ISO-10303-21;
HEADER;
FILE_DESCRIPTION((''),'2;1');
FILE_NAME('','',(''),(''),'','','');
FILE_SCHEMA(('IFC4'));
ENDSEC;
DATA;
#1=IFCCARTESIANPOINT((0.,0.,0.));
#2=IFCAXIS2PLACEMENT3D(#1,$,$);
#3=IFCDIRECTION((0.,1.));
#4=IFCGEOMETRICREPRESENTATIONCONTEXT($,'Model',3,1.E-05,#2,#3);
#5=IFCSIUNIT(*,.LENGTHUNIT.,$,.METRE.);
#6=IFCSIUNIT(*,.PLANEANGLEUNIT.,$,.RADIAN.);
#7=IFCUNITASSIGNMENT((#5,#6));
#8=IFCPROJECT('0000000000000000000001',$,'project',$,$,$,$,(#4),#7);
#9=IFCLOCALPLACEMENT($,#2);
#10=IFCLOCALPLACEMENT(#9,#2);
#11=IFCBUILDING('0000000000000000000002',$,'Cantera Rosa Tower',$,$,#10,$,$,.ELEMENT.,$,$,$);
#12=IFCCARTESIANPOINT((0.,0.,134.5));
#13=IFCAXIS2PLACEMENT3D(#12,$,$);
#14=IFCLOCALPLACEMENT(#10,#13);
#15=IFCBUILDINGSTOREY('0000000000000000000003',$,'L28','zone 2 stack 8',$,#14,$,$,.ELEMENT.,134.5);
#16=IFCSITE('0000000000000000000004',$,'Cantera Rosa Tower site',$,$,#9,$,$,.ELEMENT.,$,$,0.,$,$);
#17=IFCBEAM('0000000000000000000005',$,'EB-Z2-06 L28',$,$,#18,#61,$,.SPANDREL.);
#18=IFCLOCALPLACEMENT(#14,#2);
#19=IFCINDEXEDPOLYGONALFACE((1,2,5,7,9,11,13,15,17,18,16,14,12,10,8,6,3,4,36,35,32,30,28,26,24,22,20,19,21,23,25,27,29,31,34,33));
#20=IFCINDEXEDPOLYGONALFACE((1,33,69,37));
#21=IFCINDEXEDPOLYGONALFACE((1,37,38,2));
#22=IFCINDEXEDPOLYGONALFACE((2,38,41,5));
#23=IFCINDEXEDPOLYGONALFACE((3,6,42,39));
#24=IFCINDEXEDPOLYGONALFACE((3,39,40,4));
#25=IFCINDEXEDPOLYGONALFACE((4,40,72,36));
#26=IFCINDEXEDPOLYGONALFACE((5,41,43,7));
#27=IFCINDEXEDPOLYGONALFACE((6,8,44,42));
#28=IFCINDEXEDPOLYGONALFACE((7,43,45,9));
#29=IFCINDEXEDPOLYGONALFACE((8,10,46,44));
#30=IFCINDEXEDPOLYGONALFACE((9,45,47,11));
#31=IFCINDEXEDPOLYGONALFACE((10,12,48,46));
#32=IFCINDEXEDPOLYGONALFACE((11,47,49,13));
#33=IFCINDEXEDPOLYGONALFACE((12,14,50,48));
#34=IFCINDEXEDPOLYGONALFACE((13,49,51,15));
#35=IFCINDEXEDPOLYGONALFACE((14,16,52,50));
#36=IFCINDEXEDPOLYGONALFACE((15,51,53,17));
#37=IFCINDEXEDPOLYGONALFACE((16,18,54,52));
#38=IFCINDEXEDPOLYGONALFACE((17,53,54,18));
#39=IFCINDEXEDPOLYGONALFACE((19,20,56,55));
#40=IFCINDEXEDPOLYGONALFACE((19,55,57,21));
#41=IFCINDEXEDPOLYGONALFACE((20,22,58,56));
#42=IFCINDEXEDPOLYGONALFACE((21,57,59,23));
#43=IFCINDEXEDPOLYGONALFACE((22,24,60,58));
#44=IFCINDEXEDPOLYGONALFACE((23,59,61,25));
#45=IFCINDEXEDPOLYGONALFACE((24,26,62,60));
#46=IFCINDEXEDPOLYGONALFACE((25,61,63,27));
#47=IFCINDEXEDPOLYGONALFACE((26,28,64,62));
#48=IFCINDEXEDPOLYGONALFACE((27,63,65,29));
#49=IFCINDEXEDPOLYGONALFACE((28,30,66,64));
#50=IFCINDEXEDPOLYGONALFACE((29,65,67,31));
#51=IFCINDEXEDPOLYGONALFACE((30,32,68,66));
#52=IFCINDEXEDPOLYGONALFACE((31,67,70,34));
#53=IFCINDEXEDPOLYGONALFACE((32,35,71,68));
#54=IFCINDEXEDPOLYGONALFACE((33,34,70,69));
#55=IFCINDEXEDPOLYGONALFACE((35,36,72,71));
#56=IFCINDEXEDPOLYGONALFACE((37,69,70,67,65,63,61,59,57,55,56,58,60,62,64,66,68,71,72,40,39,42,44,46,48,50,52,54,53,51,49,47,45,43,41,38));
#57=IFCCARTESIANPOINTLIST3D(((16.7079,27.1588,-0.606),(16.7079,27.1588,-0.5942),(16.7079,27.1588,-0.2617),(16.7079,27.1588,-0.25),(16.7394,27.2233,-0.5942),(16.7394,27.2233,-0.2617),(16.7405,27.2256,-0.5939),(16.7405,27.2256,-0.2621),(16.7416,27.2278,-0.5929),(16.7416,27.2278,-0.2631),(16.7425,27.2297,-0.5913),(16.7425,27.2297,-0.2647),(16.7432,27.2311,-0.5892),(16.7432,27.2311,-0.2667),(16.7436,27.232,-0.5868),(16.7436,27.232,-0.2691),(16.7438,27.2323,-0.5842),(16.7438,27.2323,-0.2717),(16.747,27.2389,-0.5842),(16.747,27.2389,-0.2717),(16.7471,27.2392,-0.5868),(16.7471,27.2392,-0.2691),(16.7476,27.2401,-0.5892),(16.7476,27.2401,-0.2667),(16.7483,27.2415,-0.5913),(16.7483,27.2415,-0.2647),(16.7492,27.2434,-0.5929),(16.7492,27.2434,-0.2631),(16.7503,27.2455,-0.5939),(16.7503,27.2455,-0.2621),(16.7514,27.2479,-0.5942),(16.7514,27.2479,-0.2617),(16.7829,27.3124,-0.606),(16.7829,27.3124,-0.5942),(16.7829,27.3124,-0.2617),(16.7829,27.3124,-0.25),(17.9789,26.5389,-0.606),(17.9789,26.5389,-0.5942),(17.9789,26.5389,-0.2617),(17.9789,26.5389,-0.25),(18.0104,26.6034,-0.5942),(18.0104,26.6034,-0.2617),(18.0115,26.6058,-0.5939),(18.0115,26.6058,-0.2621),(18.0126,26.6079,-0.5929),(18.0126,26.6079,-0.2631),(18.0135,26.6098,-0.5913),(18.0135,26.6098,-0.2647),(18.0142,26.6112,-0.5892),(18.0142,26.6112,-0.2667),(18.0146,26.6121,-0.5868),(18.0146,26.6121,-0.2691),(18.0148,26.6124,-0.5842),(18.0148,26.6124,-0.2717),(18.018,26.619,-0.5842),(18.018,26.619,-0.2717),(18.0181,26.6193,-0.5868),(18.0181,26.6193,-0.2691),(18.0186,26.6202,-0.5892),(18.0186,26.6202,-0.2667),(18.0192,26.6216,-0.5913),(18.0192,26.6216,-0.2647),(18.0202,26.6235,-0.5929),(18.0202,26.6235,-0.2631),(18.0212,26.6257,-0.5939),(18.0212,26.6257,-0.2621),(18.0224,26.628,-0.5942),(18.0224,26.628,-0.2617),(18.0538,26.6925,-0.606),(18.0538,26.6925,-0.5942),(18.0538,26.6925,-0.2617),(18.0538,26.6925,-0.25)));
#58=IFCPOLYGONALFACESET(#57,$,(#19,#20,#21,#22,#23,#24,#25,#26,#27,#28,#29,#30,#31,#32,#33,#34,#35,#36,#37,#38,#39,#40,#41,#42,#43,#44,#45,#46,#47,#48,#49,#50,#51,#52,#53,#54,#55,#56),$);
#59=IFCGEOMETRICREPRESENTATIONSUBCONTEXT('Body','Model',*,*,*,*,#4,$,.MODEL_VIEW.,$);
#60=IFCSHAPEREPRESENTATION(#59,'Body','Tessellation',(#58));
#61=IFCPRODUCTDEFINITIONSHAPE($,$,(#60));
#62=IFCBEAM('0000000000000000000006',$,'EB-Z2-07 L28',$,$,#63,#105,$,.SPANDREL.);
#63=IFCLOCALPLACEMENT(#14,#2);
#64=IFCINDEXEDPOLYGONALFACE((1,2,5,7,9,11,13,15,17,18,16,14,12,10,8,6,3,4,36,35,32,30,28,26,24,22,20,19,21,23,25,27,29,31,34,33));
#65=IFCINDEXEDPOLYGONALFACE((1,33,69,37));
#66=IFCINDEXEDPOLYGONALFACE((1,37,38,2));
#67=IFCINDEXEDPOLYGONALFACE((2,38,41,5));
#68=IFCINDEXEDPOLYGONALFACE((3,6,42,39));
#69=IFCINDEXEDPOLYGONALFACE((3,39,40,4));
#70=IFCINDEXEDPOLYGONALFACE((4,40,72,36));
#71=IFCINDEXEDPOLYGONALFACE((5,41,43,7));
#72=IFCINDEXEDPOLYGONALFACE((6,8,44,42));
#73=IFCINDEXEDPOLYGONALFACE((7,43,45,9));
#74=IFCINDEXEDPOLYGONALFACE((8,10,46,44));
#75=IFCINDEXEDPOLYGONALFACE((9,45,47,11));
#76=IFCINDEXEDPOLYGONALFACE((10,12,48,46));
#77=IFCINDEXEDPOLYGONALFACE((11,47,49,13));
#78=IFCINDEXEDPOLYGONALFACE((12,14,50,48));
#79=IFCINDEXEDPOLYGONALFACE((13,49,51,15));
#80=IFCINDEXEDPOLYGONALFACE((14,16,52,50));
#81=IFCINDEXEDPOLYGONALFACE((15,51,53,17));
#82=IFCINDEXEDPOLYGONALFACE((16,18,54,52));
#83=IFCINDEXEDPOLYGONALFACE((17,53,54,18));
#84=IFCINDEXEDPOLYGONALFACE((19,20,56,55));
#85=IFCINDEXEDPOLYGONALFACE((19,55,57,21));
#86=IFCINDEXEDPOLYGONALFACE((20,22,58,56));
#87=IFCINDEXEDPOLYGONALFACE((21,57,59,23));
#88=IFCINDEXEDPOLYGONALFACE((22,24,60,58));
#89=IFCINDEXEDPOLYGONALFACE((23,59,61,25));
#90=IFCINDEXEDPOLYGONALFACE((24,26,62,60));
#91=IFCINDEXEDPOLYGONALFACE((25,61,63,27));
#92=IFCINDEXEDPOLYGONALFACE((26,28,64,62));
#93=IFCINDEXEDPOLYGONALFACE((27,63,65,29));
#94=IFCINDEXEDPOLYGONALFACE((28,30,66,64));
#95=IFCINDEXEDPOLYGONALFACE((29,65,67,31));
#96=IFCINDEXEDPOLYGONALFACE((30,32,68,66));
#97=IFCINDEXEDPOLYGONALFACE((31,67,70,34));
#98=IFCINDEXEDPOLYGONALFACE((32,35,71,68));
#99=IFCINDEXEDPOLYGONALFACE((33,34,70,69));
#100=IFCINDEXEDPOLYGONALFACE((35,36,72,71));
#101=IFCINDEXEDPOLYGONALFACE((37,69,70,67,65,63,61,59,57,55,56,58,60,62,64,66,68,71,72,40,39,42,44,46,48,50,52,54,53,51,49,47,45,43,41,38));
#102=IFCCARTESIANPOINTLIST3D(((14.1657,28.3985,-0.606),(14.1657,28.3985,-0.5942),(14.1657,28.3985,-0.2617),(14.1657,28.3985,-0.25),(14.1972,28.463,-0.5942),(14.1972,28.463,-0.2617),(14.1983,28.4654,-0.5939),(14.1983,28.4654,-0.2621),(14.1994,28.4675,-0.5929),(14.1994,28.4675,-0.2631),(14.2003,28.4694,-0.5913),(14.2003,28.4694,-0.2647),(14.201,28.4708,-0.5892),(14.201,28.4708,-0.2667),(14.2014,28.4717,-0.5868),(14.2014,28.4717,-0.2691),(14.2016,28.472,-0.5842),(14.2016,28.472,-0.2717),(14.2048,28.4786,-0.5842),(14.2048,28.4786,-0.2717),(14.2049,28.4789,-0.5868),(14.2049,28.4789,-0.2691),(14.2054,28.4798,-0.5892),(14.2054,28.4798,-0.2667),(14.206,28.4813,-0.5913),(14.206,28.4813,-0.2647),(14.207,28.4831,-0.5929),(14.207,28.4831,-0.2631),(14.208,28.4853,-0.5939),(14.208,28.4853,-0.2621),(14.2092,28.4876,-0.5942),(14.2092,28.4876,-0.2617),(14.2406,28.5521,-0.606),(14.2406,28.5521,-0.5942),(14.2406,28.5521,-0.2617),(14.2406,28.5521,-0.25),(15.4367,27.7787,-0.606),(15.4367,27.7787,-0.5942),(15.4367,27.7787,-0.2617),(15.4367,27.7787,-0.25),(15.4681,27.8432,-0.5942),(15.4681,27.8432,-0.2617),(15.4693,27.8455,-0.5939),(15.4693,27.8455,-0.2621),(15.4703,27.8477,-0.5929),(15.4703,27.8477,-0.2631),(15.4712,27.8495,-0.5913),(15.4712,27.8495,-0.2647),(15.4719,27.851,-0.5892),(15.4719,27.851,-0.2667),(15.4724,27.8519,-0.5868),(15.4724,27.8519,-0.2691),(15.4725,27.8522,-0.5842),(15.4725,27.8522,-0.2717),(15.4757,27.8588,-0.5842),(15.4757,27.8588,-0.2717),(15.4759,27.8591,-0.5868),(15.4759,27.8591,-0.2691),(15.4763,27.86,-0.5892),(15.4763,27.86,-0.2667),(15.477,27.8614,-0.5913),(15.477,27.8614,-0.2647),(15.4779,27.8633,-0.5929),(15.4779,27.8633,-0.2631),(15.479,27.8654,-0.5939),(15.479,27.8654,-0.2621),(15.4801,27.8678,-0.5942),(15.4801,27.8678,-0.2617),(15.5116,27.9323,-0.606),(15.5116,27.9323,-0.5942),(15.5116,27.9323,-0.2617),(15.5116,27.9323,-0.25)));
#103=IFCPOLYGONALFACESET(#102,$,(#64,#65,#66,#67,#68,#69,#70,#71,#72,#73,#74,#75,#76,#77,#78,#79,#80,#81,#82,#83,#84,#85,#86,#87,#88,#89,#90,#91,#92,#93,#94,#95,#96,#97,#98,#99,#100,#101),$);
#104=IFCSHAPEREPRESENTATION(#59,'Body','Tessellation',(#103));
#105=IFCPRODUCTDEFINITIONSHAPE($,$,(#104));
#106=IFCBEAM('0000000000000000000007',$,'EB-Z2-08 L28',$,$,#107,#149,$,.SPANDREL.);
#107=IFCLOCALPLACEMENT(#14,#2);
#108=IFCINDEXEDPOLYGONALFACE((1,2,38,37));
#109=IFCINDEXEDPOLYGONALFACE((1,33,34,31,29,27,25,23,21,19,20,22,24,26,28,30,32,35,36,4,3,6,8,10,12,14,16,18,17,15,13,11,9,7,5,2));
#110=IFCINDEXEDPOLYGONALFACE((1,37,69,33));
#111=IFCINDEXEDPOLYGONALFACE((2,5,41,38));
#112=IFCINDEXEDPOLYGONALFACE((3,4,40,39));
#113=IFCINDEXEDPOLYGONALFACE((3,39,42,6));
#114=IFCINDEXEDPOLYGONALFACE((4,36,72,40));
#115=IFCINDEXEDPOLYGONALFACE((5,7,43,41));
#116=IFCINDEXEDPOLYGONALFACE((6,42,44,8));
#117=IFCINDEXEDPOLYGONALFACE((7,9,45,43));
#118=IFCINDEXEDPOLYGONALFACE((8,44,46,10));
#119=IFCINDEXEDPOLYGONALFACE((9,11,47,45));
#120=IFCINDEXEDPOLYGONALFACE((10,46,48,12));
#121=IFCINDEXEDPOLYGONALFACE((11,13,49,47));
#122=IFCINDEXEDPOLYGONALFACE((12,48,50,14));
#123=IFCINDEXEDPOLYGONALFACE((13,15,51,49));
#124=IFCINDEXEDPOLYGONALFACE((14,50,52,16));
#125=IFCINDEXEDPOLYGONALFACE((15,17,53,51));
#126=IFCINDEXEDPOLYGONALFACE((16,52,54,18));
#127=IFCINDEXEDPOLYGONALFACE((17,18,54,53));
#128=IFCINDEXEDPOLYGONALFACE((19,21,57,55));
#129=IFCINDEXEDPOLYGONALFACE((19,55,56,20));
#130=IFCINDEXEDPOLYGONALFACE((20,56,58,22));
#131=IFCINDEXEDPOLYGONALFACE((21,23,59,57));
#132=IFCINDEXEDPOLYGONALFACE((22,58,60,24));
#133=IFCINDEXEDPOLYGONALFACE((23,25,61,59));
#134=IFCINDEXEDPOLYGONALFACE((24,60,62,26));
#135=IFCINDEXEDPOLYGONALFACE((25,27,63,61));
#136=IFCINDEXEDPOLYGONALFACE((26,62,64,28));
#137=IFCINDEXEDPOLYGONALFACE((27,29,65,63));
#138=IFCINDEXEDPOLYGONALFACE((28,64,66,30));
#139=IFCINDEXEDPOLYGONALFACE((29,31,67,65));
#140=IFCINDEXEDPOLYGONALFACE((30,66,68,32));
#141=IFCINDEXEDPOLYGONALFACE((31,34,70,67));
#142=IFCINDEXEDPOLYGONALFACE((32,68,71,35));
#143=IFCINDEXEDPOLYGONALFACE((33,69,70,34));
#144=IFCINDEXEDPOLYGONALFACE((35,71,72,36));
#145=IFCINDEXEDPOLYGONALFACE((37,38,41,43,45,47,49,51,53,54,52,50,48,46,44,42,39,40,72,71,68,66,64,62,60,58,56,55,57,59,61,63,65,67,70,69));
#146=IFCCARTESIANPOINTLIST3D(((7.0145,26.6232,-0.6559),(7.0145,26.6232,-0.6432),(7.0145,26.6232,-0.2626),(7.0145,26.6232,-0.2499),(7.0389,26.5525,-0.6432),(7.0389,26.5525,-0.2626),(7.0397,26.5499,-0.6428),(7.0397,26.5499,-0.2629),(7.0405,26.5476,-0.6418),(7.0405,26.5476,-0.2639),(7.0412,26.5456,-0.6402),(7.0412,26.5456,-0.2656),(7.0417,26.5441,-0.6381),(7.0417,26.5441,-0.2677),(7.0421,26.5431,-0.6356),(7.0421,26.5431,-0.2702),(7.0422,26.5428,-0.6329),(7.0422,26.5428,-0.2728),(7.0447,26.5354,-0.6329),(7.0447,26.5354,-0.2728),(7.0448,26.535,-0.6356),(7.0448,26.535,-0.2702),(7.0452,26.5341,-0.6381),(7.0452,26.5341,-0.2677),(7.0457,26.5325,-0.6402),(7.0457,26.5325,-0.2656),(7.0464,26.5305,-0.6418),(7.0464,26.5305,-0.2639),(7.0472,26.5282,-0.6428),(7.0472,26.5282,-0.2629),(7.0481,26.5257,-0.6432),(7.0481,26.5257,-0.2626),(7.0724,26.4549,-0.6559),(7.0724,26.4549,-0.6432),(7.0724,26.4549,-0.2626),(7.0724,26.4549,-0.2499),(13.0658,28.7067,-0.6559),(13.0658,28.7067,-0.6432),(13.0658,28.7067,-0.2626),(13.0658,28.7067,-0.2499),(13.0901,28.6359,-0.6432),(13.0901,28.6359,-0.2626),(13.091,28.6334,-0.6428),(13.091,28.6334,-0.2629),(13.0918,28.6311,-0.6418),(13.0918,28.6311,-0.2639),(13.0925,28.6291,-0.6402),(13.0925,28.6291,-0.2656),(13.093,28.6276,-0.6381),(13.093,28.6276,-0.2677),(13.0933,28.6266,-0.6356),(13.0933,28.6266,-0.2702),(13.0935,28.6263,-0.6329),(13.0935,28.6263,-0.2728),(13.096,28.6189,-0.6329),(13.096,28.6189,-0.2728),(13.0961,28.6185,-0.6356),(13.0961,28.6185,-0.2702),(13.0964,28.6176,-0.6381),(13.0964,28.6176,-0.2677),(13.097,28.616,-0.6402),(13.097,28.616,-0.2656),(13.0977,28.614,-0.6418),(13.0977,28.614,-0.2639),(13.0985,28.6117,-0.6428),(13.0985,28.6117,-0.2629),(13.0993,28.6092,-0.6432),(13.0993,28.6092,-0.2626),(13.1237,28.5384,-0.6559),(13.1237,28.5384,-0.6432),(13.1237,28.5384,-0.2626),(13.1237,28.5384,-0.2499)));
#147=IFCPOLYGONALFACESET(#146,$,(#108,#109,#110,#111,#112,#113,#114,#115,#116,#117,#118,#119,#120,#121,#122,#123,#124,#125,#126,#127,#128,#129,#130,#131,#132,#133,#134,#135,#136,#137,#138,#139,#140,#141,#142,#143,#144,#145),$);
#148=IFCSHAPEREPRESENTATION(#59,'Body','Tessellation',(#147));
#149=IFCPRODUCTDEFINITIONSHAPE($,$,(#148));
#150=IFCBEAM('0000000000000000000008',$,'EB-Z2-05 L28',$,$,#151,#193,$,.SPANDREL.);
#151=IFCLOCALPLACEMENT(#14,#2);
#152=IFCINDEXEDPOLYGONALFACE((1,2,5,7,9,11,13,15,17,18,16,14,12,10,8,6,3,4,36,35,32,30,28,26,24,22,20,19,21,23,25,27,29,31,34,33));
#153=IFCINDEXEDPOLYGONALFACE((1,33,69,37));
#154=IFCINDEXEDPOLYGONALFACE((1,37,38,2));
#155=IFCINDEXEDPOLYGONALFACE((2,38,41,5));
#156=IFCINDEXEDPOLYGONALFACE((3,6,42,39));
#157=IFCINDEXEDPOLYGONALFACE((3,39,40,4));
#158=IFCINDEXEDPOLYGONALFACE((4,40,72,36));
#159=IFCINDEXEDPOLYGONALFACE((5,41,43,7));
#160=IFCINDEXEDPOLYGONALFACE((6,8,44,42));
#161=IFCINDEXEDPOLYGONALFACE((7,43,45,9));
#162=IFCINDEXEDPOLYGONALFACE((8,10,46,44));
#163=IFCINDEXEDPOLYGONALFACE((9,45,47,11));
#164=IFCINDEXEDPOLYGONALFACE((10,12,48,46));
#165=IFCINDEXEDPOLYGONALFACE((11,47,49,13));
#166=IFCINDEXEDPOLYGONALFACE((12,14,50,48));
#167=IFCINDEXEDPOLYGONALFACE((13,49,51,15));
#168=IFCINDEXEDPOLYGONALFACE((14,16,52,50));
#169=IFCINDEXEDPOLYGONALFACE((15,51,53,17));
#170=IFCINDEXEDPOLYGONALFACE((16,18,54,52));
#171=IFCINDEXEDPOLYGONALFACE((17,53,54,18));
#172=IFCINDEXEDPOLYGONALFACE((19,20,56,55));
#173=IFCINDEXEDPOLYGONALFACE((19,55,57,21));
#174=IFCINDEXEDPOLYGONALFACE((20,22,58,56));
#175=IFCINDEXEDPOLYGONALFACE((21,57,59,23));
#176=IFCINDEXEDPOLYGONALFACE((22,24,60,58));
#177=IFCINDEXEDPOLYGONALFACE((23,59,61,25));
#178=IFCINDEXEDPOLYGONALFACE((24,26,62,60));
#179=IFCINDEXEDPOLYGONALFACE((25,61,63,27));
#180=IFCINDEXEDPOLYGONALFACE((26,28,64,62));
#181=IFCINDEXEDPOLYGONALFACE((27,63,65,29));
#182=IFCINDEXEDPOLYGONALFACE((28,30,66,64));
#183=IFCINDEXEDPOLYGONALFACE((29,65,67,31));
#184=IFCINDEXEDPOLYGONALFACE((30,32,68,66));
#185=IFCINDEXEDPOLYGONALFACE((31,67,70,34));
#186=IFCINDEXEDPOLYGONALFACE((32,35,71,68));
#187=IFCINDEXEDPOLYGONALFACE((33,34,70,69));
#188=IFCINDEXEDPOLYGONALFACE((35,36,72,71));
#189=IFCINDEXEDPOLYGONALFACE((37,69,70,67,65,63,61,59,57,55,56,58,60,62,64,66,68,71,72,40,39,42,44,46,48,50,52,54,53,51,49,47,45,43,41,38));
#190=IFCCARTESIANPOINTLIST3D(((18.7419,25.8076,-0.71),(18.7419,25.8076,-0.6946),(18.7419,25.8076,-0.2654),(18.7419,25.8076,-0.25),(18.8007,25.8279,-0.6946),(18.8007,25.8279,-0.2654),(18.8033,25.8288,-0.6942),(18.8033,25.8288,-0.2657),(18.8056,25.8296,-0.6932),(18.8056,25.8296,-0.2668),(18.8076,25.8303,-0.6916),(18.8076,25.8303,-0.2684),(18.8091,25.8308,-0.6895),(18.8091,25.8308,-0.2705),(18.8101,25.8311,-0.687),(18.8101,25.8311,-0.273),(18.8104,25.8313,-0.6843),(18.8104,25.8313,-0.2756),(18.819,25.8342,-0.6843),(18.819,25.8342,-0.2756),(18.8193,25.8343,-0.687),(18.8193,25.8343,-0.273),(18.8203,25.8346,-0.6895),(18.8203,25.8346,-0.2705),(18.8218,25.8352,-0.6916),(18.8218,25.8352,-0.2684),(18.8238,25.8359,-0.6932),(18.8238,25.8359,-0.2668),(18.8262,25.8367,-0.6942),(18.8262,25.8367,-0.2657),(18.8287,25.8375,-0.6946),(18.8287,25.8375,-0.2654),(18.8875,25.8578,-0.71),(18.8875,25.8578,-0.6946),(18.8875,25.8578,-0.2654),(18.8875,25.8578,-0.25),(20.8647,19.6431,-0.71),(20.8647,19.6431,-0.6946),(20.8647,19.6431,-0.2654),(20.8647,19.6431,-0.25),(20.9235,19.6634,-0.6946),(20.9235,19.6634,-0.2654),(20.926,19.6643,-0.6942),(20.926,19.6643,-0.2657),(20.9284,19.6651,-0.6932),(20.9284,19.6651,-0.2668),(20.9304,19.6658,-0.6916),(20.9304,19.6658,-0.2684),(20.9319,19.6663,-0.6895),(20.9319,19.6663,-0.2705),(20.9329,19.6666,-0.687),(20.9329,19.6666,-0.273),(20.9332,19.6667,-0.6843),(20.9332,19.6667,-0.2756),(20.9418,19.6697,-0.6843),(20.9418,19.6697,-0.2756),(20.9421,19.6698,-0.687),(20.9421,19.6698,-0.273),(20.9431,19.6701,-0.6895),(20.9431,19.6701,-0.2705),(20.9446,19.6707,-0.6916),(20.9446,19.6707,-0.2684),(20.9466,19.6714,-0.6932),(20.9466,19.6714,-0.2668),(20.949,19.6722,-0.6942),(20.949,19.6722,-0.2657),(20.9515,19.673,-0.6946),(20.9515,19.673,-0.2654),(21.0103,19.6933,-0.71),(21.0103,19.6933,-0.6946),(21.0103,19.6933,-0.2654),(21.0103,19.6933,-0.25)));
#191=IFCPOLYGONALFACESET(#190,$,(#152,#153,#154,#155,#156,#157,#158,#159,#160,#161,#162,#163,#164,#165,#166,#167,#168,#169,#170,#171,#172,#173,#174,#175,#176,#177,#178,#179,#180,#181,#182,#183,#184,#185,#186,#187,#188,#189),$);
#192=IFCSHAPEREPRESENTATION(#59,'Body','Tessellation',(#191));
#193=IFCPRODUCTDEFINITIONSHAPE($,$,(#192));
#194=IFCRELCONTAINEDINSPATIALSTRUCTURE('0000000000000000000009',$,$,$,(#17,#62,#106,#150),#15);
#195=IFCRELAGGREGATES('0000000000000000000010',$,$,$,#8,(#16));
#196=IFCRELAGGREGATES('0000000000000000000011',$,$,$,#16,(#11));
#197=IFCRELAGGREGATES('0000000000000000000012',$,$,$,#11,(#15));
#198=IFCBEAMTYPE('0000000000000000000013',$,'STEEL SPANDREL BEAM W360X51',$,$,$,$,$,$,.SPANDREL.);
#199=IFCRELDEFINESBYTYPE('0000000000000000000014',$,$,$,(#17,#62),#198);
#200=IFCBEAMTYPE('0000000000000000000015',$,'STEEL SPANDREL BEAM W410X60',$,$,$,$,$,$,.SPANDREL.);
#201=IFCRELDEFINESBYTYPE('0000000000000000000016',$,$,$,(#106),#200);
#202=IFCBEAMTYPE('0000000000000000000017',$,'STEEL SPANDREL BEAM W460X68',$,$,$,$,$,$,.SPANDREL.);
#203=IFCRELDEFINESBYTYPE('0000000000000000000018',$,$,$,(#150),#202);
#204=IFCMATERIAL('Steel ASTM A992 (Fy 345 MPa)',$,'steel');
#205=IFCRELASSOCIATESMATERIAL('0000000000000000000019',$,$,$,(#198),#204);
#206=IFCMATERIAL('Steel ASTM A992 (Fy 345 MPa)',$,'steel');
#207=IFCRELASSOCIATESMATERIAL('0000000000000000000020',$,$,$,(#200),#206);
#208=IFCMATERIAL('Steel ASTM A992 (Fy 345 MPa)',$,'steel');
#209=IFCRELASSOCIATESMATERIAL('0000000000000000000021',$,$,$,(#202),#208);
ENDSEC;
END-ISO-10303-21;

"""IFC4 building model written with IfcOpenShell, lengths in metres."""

from ifc_helpers import new_model, si_unit, direction, frame, origin, origin_2d, place, context, subcontext, project, spatial, i_section, extrude, material, material_profile, profile_set, type_object, element, save


model = new_model("IFC4")

# Units and contexts
model_context = context("Model", 3, precision=1e-05, world=origin(), true_north=direction((0.0, 1.0)))
body_context = subcontext(model_context, "Body", "Model", "MODEL_VIEW")
ifc_project = project(units=[si_unit("LENGTHUNIT", "METRE"), si_unit("PLANEANGLEUNIT", "RADIAN")], contexts=[model_context])

# Site, building, storey
site_placement = place(None, origin())
site = spatial("IfcSite", under=ifc_project, at=site_placement, Name="Cantera Rosa Tower site", CompositionType="ELEMENT", RefElevation=0.0)
building_placement = place(site_placement, origin())
building = spatial("IfcBuilding", under=site, at=building_placement, Name="Cantera Rosa Tower", CompositionType="ELEMENT")
storey_placement = place(building_placement, frame((0.0, 0.0, 134.5)))
storey = spatial("IfcBuildingStorey", under=building, at=storey_placement, Name="L28", Description="zone 2 stack 8", CompositionType="ELEMENT", Elevation=134.5)

# Beams
ifc_material_1 = material(Name="Steel ASTM A992 (Fy 345 MPa)", Category="steel")
ifc_material_profile_1 = material_profile(ifc_material_1, i_section(OverallWidth=0.1709, OverallDepth=0.356, WebThickness=0.0073, FlangeThickness=0.0117, FilletRadius=0.01, at=origin_2d()), Name="W360X51")
ifc_profile_set_1 = profile_set([ifc_material_profile_1], Name="Steel ASTM A992 (Fy 345 MPa)")
beam_type_1 = type_object("IfcBeamType", Name="STEEL SPANDREL BEAM W360X51", PredefinedType="SPANDREL", material=ifc_profile_set_1)
for number, where, z_axis, x_axis, name in (
    (1, (18.0164, 26.6157, -0.428), (-0.898803, 0.438352, 0.0), (-0.438352, -0.898803, 0.0), "EB-Z2-06 L28"),
    (2, (15.4741, 27.8555, -0.428), (-0.898803, 0.438352, 0.0), (-0.438352, -0.898803, 0.0), "EB-Z2-07 L28"),
):
    element("IfcBeam", number, at=place(storey_placement, frame(where, z_axis=z_axis, x_axis=x_axis)), inside=storey, type_object=beam_type_1, Name=name, PredefinedType="SPANDREL", context=body_context, shape_type="SweptSolid", body=[
        extrude(i_section(OverallWidth=0.1709, OverallDepth=0.356, WebThickness=0.0073, FlangeThickness=0.0117, FilletRadius=0.01, at=origin_2d()), origin(), (0.0, 0.0, 1.0), 1.4141),
    ])
ifc_material_2 = material(Name="Steel ASTM A992 (Fy 345 MPa)", Category="steel")
ifc_material_profile_2 = material_profile(ifc_material_2, i_section(OverallWidth=0.178, OverallDepth=0.406, WebThickness=0.0078, FlangeThickness=0.0127, FilletRadius=0.0103, at=origin_2d()), Name="W410X60")
ifc_profile_set_2 = profile_set([ifc_material_profile_2], Name="Steel ASTM A992 (Fy 345 MPa)")
beam_type_2 = type_object("IfcBeamType", Name="STEEL SPANDREL BEAM W410X60", PredefinedType="SPANDREL", material=ifc_profile_set_2)
beam_1_placement = place(storey_placement, frame((13.0947, 28.6226, -0.4529), z_axis=(-0.945524, -0.325551, 0.0), x_axis=(0.325551, -0.945524, 0.0)))
element("IfcBeam", 3, at=beam_1_placement, inside=storey, type_object=beam_type_2, Name="EB-Z2-08 L28", PredefinedType="SPANDREL", context=body_context, shape_type="SweptSolid", body=[
    extrude(i_section(OverallWidth=0.178, OverallDepth=0.406, WebThickness=0.0078, FlangeThickness=0.0127, FilletRadius=0.0103, at=origin_2d()), origin(), (0.0, 0.0, 1.0), 6.3999),
])
ifc_material_3 = material(Name="Steel ASTM A992 (Fy 345 MPa)", Category="steel")
ifc_material_profile_3 = material_profile(ifc_material_3, i_section(OverallWidth=0.1541, OverallDepth=0.46, WebThickness=0.009, FlangeThickness=0.0154, FilletRadius=0.0103, at=origin_2d()), Name="W460X68")
ifc_profile_set_3 = profile_set([ifc_material_profile_3], Name="Steel ASTM A992 (Fy 345 MPa)")
beam_type_3 = type_object("IfcBeamType", Name="STEEL SPANDREL BEAM W460X68", PredefinedType="SPANDREL", material=ifc_profile_set_3)
beam_2_placement = place(storey_placement, frame((20.9375, 19.6682, -0.48), z_axis=(-0.325593, 0.94551, 0.0), x_axis=(-0.94551, -0.325593, 0.0)))
element("IfcBeam", 4, at=beam_2_placement, inside=storey, type_object=beam_type_3, Name="EB-Z2-05 L28", PredefinedType="SPANDREL", context=body_context, shape_type="SweptSolid", body=[
    extrude(i_section(OverallWidth=0.1541, OverallDepth=0.46, WebThickness=0.009, FlangeThickness=0.0154, FilletRadius=0.0103, at=origin_2d()), origin(), (0.0, 0.0, 1.0), 6.5198),
])

save(model, "model.ifc")
